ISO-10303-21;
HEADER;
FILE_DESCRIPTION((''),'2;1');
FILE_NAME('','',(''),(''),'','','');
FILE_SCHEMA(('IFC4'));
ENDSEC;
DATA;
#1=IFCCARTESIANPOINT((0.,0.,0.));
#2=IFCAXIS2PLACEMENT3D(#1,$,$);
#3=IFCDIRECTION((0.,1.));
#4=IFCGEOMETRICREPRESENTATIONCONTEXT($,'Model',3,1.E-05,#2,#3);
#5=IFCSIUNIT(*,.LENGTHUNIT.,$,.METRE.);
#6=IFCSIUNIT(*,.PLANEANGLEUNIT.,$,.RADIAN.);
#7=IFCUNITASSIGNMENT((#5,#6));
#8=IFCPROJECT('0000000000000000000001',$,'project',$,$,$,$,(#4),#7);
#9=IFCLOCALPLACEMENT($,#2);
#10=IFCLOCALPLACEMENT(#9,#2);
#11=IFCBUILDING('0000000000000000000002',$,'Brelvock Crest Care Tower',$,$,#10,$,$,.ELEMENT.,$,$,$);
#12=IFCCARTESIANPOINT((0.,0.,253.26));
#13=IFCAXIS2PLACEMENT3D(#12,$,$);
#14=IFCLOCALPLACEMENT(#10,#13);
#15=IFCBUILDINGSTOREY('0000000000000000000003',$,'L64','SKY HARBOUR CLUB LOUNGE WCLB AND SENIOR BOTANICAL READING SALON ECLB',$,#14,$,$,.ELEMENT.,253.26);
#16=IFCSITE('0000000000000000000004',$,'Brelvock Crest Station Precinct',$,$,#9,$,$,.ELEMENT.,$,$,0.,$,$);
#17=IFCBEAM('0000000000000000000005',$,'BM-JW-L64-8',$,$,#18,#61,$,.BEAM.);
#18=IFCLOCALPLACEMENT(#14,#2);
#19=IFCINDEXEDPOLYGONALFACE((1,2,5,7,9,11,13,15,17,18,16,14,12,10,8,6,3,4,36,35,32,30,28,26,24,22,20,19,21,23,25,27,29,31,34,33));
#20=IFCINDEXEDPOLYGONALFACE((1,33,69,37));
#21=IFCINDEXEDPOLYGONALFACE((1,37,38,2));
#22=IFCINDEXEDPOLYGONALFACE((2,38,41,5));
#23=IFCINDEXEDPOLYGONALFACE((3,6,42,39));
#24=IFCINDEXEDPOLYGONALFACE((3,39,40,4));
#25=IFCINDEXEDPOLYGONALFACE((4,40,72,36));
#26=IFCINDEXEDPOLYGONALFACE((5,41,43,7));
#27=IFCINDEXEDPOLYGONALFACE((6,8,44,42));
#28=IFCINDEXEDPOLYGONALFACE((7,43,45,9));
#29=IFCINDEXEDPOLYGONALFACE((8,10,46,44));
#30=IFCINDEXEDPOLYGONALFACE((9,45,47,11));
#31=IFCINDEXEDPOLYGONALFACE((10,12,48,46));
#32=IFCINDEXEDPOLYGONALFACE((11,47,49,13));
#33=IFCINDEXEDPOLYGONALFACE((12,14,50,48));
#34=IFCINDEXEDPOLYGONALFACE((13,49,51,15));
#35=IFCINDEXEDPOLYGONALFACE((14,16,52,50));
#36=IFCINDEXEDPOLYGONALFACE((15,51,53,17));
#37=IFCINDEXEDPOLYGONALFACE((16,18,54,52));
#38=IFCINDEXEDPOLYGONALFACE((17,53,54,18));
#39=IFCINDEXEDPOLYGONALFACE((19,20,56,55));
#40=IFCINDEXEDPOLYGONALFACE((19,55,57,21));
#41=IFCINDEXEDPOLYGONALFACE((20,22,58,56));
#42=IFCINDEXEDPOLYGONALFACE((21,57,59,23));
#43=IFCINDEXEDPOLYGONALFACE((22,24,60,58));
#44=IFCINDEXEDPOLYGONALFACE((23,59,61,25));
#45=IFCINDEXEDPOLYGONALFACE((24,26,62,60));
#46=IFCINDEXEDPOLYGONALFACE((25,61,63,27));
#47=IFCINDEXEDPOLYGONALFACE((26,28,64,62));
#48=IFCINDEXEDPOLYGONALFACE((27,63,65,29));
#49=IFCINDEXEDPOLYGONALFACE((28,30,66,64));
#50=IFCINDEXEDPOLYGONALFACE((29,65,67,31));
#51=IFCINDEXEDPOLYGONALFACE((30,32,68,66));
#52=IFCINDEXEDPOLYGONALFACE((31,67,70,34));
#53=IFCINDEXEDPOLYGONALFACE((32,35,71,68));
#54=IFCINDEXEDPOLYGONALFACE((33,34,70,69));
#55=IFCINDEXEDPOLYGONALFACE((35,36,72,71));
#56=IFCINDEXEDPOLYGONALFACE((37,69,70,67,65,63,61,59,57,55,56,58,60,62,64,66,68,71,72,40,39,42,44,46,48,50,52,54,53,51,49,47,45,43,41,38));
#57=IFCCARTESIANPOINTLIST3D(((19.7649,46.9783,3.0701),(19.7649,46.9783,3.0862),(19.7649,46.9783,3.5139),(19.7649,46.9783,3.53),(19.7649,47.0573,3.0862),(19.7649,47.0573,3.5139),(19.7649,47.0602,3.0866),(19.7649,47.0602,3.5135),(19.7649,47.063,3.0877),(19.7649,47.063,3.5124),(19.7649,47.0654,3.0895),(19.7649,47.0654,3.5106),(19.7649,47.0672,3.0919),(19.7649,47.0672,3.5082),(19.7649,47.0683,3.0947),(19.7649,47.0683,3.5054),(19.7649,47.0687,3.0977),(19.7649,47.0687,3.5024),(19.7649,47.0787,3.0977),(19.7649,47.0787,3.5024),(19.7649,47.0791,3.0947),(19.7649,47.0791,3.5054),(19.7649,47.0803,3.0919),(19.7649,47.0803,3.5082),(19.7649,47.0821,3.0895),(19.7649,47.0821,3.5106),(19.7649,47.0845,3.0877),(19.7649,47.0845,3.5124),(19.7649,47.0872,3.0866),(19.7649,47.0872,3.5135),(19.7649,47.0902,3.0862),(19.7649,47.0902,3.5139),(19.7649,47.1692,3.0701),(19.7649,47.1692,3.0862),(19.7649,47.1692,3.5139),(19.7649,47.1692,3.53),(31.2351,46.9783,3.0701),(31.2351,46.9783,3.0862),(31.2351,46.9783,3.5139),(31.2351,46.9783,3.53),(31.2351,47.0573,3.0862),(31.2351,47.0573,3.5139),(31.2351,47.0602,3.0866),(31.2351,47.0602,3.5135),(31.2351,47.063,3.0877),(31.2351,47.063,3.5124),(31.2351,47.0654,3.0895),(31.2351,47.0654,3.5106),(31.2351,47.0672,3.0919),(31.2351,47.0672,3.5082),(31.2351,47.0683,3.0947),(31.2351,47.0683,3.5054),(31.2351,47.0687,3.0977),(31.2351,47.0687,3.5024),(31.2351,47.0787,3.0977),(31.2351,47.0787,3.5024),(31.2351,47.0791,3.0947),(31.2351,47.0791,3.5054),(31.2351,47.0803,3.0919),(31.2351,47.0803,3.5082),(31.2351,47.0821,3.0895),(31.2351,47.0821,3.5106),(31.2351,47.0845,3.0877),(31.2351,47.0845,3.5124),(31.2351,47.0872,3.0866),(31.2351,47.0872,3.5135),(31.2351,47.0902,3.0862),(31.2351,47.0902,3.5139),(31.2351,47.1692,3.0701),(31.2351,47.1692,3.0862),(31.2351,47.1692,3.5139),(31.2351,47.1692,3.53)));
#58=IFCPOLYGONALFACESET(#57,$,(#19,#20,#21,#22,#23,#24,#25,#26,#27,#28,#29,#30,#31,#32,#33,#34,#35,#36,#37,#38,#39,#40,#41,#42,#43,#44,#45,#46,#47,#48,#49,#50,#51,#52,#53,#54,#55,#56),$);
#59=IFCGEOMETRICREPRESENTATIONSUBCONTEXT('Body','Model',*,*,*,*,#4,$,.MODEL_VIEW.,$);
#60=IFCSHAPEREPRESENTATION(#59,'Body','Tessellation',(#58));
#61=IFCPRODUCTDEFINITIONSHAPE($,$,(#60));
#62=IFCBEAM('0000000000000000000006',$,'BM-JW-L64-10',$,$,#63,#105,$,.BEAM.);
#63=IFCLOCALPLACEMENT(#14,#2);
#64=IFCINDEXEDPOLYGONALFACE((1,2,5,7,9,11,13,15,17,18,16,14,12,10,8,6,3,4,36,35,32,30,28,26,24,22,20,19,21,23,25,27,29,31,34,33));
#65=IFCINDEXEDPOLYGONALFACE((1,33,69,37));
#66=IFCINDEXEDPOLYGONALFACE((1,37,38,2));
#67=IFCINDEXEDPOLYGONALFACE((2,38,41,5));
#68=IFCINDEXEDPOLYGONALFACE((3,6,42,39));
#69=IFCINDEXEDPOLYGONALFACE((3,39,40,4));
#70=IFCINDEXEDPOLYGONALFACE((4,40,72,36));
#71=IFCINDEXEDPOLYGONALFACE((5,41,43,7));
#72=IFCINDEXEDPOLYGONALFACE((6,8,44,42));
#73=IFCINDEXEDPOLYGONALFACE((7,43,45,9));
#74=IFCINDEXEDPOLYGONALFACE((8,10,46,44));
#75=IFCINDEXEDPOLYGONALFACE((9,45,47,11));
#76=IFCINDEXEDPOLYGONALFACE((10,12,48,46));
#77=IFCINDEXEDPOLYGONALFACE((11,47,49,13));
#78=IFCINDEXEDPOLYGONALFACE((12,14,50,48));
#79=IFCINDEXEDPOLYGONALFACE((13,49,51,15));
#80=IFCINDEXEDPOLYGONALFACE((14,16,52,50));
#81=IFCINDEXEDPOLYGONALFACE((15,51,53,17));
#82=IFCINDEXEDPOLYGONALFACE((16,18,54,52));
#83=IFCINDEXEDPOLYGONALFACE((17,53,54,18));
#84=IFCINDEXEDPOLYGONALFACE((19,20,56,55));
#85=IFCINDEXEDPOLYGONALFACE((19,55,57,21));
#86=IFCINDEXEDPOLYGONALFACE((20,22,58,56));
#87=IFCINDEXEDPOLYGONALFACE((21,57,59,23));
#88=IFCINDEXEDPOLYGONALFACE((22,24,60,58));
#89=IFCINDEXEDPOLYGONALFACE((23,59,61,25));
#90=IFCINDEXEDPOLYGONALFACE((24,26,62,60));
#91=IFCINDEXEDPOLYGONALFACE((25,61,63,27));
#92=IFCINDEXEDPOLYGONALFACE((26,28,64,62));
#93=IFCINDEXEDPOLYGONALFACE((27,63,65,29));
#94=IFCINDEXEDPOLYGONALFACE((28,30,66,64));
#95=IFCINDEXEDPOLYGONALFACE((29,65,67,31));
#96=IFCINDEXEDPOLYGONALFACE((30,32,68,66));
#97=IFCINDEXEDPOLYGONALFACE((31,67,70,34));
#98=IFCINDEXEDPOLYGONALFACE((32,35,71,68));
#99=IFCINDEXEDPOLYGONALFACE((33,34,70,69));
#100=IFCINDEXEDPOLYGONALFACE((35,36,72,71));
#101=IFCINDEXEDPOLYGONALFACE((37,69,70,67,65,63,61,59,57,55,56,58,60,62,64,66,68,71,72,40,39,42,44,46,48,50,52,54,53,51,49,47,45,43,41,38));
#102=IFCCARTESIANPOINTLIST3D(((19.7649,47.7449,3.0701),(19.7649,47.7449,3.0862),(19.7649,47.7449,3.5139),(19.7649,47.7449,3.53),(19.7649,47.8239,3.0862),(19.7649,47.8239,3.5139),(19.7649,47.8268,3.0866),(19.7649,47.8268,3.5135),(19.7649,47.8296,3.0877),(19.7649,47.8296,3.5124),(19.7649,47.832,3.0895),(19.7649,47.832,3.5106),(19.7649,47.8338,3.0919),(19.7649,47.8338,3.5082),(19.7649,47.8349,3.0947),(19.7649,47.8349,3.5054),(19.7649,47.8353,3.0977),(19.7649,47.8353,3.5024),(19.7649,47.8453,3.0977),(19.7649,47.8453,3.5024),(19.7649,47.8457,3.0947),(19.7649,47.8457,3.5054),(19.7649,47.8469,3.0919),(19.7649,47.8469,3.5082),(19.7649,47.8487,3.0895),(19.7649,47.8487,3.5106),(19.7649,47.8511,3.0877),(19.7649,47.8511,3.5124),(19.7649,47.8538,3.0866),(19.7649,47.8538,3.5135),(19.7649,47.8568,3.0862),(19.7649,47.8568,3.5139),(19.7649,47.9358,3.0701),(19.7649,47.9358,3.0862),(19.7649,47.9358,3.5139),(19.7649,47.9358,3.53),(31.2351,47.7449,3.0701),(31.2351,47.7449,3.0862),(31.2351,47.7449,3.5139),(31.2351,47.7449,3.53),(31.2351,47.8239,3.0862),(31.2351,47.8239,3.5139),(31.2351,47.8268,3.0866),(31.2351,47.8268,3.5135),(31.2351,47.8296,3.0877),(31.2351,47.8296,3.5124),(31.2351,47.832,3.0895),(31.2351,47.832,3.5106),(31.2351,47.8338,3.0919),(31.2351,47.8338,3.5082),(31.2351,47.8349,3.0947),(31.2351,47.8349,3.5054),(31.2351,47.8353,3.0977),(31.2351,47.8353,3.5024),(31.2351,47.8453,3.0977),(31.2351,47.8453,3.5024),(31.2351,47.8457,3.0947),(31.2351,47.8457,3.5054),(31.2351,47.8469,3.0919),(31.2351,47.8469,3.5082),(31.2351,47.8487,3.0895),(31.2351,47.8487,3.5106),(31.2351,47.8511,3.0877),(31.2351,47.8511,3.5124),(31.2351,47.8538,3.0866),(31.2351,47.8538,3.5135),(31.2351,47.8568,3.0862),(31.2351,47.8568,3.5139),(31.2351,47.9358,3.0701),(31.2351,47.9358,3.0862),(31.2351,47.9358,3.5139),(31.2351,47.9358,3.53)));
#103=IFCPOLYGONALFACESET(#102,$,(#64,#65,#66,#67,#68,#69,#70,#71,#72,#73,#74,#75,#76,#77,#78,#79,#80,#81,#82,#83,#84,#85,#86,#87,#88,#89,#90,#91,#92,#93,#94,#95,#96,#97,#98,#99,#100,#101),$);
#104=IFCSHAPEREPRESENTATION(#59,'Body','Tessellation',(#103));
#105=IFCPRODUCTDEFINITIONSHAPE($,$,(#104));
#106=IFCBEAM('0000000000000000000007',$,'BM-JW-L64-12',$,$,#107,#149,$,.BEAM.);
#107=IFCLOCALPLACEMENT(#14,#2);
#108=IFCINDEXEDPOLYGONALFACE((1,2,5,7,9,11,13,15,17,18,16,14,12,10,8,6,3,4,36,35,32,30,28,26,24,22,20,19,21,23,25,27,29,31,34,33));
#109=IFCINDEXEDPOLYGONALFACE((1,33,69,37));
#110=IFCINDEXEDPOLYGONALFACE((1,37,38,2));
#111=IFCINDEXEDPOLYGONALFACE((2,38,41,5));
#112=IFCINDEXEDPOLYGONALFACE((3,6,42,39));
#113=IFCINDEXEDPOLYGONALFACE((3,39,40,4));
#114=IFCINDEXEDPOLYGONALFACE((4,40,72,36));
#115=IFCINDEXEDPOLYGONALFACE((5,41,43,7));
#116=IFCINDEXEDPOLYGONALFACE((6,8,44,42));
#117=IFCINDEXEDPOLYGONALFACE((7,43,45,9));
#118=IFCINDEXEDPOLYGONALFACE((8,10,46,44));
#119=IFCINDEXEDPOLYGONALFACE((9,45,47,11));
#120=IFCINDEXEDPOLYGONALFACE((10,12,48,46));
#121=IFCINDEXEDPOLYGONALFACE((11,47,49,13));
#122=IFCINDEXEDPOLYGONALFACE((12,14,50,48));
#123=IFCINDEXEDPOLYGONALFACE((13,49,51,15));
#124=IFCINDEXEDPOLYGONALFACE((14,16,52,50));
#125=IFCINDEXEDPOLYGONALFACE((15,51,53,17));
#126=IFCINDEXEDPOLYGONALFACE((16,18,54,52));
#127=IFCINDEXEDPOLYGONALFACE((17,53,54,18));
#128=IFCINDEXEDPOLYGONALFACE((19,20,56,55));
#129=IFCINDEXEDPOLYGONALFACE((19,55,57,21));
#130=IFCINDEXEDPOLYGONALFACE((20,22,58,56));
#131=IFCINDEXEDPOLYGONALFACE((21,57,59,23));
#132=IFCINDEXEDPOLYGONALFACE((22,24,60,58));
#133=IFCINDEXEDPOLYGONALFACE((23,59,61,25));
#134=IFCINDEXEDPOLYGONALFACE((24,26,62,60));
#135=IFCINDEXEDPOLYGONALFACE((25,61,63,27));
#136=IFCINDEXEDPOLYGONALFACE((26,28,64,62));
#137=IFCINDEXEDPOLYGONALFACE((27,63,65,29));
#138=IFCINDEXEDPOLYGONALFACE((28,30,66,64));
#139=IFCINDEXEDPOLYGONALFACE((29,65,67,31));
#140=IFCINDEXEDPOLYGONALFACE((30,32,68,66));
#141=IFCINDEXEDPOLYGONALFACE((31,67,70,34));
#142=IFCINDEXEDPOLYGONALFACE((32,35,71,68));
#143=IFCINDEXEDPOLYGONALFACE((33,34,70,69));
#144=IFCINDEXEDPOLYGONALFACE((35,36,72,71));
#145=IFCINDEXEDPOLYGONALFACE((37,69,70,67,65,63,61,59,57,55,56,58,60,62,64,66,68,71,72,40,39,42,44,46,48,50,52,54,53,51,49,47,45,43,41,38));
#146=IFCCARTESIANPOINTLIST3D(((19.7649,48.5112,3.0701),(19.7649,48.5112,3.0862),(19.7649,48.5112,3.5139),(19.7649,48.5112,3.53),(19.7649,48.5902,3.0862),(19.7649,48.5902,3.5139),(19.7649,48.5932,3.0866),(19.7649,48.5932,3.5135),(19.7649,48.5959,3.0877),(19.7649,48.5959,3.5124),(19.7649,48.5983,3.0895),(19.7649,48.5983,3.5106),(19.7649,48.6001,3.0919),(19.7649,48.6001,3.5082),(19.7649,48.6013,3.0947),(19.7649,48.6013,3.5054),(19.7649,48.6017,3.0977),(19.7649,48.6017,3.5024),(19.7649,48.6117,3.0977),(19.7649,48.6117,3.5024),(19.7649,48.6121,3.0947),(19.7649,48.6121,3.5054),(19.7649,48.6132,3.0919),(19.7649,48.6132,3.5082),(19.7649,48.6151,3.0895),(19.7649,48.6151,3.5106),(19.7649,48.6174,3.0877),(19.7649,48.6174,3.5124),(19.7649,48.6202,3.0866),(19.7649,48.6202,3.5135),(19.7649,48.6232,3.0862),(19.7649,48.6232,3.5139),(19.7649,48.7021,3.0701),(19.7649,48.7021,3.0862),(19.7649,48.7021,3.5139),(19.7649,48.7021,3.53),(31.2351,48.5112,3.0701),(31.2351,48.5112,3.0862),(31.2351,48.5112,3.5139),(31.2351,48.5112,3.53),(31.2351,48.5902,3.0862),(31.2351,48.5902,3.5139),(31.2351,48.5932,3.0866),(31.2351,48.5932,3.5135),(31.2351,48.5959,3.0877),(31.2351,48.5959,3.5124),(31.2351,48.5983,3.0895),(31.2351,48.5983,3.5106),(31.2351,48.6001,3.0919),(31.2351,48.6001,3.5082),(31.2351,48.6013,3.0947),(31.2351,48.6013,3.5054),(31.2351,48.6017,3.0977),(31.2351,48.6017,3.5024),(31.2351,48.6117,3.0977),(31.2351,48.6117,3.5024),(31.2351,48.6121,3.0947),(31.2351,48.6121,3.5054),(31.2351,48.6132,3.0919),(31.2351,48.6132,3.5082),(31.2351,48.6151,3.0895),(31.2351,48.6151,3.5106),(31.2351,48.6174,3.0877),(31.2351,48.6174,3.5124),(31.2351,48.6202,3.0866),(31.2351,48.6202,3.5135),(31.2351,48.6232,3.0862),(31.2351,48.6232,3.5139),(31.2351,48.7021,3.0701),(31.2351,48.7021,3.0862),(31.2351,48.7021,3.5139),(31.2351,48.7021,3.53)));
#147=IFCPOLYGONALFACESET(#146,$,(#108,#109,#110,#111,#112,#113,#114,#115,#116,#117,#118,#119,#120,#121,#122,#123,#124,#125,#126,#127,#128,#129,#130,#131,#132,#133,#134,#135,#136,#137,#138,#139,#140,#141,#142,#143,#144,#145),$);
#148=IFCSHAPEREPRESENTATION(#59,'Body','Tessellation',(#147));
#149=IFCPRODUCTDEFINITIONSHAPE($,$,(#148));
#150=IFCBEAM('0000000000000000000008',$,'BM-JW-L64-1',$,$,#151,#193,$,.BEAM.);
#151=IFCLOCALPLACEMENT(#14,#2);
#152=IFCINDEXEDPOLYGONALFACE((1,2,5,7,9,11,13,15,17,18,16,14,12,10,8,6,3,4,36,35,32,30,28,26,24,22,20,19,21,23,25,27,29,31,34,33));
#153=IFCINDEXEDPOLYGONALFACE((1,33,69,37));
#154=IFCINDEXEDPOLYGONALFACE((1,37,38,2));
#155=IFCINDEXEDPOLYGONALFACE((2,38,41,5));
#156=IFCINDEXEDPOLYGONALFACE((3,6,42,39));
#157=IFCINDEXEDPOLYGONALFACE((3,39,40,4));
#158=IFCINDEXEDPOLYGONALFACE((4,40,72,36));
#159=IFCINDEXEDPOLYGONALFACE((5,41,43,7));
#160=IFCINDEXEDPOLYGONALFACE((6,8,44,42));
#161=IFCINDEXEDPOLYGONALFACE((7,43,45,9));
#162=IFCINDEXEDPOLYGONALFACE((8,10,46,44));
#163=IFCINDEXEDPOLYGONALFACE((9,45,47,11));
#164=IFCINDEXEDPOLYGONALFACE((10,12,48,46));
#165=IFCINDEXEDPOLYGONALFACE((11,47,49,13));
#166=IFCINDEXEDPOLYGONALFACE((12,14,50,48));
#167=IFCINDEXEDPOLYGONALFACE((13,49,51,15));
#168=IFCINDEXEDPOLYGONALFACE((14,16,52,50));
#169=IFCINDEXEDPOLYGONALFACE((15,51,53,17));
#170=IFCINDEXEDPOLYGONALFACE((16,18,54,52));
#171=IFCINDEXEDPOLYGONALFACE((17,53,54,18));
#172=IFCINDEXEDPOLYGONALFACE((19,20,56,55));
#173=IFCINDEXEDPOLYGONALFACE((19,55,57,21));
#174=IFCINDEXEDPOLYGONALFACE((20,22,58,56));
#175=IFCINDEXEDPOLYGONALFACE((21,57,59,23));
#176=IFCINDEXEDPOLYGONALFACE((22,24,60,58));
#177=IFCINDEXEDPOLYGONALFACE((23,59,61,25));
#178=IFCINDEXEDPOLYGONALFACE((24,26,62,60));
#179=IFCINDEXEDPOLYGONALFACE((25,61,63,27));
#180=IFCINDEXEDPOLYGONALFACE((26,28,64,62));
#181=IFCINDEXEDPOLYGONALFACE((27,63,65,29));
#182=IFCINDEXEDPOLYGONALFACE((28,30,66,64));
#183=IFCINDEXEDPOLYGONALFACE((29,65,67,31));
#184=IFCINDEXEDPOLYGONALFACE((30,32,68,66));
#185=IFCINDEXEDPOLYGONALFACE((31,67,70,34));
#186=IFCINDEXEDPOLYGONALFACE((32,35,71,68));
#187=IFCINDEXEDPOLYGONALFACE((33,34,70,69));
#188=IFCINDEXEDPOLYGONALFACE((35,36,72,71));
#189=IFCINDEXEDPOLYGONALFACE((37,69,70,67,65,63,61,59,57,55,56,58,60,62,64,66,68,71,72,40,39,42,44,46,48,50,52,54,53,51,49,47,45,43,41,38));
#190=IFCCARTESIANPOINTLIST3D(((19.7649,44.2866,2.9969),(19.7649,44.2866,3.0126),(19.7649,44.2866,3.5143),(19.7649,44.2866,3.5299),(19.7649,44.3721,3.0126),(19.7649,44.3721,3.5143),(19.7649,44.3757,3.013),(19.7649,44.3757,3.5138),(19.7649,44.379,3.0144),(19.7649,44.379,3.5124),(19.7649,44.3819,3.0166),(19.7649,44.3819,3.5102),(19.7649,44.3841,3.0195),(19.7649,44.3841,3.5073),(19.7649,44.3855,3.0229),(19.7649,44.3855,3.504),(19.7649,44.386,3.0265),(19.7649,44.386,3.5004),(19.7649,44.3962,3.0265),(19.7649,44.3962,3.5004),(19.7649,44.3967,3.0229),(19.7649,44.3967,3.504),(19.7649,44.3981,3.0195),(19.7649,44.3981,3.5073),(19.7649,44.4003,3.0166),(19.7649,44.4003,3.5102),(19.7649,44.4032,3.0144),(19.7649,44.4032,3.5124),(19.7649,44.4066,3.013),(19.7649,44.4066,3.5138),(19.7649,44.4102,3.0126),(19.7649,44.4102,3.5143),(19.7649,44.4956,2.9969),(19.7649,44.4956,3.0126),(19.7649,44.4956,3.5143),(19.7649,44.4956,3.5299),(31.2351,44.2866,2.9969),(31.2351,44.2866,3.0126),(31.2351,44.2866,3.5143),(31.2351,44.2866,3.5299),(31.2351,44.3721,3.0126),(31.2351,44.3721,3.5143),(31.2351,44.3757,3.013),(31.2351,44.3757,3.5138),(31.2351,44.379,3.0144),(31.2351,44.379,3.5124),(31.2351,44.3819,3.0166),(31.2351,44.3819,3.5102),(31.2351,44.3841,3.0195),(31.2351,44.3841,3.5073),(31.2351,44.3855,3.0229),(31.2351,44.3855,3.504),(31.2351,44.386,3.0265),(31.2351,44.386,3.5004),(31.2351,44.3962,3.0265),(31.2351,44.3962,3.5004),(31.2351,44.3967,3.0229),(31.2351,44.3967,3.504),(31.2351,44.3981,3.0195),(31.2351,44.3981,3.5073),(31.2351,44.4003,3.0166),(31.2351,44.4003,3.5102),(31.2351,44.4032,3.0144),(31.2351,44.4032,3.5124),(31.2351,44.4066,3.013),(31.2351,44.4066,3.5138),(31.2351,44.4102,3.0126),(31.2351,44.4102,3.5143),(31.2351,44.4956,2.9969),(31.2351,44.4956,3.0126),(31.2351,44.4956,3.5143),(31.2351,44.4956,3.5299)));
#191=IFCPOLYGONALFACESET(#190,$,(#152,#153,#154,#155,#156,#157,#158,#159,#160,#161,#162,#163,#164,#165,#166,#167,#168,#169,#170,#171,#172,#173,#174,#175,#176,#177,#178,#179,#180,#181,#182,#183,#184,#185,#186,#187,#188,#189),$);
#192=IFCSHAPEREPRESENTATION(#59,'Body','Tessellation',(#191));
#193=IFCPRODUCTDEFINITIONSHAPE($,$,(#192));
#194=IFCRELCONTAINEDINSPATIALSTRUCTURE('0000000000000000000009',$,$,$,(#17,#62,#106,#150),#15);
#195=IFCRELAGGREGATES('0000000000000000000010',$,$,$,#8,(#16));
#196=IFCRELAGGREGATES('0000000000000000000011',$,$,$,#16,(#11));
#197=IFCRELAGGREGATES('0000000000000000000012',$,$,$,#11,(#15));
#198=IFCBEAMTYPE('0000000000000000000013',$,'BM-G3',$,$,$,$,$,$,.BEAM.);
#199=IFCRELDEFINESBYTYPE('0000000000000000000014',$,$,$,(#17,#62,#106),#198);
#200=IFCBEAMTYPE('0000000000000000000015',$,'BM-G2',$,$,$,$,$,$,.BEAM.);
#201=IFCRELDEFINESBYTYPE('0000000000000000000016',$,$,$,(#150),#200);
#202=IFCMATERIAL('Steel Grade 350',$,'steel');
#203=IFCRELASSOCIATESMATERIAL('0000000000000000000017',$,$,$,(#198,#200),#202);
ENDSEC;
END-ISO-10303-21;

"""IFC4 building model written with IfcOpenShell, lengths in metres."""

from ifc_helpers import new_model, si_unit, direction, frame, origin, origin_2d, place, context, subcontext, project, spatial, i_section, extrude, source, transform, mapped, material, material_profile, profile_set, type_object, element, save


model = new_model("IFC4")

# Units and contexts
model_context = context("Model", 3, precision=1e-05, world=origin(), true_north=direction((0.0, 1.0)))
body_context = subcontext(model_context, "Body", "Model", "MODEL_VIEW")
ifc_project = project(units=[si_unit("LENGTHUNIT", "METRE"), si_unit("PLANEANGLEUNIT", "RADIAN")], contexts=[model_context])

# Site, building, storey
site_placement = place(None, origin())
site = spatial("IfcSite", under=ifc_project, at=site_placement, Name="Brelvock Crest Station Precinct", CompositionType="ELEMENT", RefElevation=0.0)
building_placement = place(site_placement, origin())
building = spatial("IfcBuilding", under=site, at=building_placement, Name="Brelvock Crest Care Tower", CompositionType="ELEMENT")
storey_placement = place(building_placement, frame((0.0, 0.0, 253.26)))
storey = spatial("IfcBuildingStorey", under=building, at=storey_placement, Name="L64", Description="SKY HARBOUR CLUB LOUNGE WCLB AND SENIOR BOTANICAL READING SALON ECLB", CompositionType="ELEMENT", Elevation=253.26)

# Beams
ifc_material_1 = material(Name="Steel Grade 350", Category="steel")
ifc_material_profile_1 = material_profile(ifc_material_1, i_section(OverallWidth=0.1909, OverallDepth=0.46, WebThickness=0.01, FlangeThickness=0.0161, FilletRadius=0.0115, at=origin_2d()), Name="460UB82.1")
ifc_profile_set_1 = profile_set([ifc_material_profile_1], Name="Steel Grade 350")
beam_type_1 = type_object("IfcBeamType", Name="BM-G3", PredefinedType="BEAM", material=ifc_profile_set_1)
shared_shape_1 = source(origin(), body_context, "Body", "SweptSolid", [
    extrude(i_section(OverallWidth=0.1909, OverallDepth=0.46, WebThickness=0.01, FlangeThickness=0.0161, FilletRadius=0.0115, at=origin_2d()), origin(), (0.0, 0.0, 1.0), 11.4702),
])
for number, where, z_axis, x_axis, name in (
    (1, (19.7649, 47.0737, 3.3), (1.0, 0.0, 0.0), (0.0, 1.0, 0.0), "BM-JW-L64-8"),
    (2, (19.7649, 47.8403, 3.3), (1.0, 0.0, 0.0), (0.0, 1.0, 0.0), "BM-JW-L64-10"),
    (3, (19.7649, 48.6067, 3.3), (1.0, 0.0, 0.0), (0.0, 1.0, 0.0), "BM-JW-L64-12"),
):
    element("IfcBeam", number, at=place(storey_placement, frame(where, z_axis=z_axis, x_axis=x_axis)), inside=storey, type_object=beam_type_1, Name=name, PredefinedType="BEAM", context=body_context, shape_type="MappedRepresentation", body=[
        mapped(shared_shape_1, transform((0.0, 0.0, 0.0), x_axis=(1.0, 0.0, 0.0), y_axis=(0.0, 1.0, 0.0), z_axis=(0.0, 0.0, 1.0), scale=1.0)),
    ])
ifc_material_profile_2 = material_profile(ifc_material_1, i_section(OverallWidth=0.209, OverallDepth=0.533, WebThickness=0.0103, FlangeThickness=0.0156, FilletRadius=0.0139, at=origin_2d()), Name="530UB92.4")
ifc_profile_set_2 = profile_set([ifc_material_profile_2], Name="Steel Grade 350")
beam_type_2 = type_object("IfcBeamType", Name="BM-G2", PredefinedType="BEAM", material=ifc_profile_set_2)
shared_shape_2 = source(origin(), body_context, "Body", "SweptSolid", [
    extrude(i_section(OverallWidth=0.209, OverallDepth=0.533, WebThickness=0.0103, FlangeThickness=0.0156, FilletRadius=0.0139, at=origin_2d()), origin(), (0.0, 0.0, 1.0), 11.4702),
])
for number, where, z_axis, x_axis, name in (
    (4, (19.7649, 44.3911, 3.2634), (1.0, 0.0, 0.0), (0.0, 1.0, 0.0), "BM-JW-L64-1"),
):
    element("IfcBeam", number, at=place(storey_placement, frame(where, z_axis=z_axis, x_axis=x_axis)), inside=storey, type_object=beam_type_2, Name=name, PredefinedType="BEAM", context=body_context, shape_type="MappedRepresentation", body=[
        mapped(shared_shape_2, transform((0.0, 0.0, 0.0), x_axis=(1.0, 0.0, 0.0), y_axis=(0.0, 1.0, 0.0), z_axis=(0.0, 0.0, 1.0), scale=1.0)),
    ])

save(model, "model.ifc")
